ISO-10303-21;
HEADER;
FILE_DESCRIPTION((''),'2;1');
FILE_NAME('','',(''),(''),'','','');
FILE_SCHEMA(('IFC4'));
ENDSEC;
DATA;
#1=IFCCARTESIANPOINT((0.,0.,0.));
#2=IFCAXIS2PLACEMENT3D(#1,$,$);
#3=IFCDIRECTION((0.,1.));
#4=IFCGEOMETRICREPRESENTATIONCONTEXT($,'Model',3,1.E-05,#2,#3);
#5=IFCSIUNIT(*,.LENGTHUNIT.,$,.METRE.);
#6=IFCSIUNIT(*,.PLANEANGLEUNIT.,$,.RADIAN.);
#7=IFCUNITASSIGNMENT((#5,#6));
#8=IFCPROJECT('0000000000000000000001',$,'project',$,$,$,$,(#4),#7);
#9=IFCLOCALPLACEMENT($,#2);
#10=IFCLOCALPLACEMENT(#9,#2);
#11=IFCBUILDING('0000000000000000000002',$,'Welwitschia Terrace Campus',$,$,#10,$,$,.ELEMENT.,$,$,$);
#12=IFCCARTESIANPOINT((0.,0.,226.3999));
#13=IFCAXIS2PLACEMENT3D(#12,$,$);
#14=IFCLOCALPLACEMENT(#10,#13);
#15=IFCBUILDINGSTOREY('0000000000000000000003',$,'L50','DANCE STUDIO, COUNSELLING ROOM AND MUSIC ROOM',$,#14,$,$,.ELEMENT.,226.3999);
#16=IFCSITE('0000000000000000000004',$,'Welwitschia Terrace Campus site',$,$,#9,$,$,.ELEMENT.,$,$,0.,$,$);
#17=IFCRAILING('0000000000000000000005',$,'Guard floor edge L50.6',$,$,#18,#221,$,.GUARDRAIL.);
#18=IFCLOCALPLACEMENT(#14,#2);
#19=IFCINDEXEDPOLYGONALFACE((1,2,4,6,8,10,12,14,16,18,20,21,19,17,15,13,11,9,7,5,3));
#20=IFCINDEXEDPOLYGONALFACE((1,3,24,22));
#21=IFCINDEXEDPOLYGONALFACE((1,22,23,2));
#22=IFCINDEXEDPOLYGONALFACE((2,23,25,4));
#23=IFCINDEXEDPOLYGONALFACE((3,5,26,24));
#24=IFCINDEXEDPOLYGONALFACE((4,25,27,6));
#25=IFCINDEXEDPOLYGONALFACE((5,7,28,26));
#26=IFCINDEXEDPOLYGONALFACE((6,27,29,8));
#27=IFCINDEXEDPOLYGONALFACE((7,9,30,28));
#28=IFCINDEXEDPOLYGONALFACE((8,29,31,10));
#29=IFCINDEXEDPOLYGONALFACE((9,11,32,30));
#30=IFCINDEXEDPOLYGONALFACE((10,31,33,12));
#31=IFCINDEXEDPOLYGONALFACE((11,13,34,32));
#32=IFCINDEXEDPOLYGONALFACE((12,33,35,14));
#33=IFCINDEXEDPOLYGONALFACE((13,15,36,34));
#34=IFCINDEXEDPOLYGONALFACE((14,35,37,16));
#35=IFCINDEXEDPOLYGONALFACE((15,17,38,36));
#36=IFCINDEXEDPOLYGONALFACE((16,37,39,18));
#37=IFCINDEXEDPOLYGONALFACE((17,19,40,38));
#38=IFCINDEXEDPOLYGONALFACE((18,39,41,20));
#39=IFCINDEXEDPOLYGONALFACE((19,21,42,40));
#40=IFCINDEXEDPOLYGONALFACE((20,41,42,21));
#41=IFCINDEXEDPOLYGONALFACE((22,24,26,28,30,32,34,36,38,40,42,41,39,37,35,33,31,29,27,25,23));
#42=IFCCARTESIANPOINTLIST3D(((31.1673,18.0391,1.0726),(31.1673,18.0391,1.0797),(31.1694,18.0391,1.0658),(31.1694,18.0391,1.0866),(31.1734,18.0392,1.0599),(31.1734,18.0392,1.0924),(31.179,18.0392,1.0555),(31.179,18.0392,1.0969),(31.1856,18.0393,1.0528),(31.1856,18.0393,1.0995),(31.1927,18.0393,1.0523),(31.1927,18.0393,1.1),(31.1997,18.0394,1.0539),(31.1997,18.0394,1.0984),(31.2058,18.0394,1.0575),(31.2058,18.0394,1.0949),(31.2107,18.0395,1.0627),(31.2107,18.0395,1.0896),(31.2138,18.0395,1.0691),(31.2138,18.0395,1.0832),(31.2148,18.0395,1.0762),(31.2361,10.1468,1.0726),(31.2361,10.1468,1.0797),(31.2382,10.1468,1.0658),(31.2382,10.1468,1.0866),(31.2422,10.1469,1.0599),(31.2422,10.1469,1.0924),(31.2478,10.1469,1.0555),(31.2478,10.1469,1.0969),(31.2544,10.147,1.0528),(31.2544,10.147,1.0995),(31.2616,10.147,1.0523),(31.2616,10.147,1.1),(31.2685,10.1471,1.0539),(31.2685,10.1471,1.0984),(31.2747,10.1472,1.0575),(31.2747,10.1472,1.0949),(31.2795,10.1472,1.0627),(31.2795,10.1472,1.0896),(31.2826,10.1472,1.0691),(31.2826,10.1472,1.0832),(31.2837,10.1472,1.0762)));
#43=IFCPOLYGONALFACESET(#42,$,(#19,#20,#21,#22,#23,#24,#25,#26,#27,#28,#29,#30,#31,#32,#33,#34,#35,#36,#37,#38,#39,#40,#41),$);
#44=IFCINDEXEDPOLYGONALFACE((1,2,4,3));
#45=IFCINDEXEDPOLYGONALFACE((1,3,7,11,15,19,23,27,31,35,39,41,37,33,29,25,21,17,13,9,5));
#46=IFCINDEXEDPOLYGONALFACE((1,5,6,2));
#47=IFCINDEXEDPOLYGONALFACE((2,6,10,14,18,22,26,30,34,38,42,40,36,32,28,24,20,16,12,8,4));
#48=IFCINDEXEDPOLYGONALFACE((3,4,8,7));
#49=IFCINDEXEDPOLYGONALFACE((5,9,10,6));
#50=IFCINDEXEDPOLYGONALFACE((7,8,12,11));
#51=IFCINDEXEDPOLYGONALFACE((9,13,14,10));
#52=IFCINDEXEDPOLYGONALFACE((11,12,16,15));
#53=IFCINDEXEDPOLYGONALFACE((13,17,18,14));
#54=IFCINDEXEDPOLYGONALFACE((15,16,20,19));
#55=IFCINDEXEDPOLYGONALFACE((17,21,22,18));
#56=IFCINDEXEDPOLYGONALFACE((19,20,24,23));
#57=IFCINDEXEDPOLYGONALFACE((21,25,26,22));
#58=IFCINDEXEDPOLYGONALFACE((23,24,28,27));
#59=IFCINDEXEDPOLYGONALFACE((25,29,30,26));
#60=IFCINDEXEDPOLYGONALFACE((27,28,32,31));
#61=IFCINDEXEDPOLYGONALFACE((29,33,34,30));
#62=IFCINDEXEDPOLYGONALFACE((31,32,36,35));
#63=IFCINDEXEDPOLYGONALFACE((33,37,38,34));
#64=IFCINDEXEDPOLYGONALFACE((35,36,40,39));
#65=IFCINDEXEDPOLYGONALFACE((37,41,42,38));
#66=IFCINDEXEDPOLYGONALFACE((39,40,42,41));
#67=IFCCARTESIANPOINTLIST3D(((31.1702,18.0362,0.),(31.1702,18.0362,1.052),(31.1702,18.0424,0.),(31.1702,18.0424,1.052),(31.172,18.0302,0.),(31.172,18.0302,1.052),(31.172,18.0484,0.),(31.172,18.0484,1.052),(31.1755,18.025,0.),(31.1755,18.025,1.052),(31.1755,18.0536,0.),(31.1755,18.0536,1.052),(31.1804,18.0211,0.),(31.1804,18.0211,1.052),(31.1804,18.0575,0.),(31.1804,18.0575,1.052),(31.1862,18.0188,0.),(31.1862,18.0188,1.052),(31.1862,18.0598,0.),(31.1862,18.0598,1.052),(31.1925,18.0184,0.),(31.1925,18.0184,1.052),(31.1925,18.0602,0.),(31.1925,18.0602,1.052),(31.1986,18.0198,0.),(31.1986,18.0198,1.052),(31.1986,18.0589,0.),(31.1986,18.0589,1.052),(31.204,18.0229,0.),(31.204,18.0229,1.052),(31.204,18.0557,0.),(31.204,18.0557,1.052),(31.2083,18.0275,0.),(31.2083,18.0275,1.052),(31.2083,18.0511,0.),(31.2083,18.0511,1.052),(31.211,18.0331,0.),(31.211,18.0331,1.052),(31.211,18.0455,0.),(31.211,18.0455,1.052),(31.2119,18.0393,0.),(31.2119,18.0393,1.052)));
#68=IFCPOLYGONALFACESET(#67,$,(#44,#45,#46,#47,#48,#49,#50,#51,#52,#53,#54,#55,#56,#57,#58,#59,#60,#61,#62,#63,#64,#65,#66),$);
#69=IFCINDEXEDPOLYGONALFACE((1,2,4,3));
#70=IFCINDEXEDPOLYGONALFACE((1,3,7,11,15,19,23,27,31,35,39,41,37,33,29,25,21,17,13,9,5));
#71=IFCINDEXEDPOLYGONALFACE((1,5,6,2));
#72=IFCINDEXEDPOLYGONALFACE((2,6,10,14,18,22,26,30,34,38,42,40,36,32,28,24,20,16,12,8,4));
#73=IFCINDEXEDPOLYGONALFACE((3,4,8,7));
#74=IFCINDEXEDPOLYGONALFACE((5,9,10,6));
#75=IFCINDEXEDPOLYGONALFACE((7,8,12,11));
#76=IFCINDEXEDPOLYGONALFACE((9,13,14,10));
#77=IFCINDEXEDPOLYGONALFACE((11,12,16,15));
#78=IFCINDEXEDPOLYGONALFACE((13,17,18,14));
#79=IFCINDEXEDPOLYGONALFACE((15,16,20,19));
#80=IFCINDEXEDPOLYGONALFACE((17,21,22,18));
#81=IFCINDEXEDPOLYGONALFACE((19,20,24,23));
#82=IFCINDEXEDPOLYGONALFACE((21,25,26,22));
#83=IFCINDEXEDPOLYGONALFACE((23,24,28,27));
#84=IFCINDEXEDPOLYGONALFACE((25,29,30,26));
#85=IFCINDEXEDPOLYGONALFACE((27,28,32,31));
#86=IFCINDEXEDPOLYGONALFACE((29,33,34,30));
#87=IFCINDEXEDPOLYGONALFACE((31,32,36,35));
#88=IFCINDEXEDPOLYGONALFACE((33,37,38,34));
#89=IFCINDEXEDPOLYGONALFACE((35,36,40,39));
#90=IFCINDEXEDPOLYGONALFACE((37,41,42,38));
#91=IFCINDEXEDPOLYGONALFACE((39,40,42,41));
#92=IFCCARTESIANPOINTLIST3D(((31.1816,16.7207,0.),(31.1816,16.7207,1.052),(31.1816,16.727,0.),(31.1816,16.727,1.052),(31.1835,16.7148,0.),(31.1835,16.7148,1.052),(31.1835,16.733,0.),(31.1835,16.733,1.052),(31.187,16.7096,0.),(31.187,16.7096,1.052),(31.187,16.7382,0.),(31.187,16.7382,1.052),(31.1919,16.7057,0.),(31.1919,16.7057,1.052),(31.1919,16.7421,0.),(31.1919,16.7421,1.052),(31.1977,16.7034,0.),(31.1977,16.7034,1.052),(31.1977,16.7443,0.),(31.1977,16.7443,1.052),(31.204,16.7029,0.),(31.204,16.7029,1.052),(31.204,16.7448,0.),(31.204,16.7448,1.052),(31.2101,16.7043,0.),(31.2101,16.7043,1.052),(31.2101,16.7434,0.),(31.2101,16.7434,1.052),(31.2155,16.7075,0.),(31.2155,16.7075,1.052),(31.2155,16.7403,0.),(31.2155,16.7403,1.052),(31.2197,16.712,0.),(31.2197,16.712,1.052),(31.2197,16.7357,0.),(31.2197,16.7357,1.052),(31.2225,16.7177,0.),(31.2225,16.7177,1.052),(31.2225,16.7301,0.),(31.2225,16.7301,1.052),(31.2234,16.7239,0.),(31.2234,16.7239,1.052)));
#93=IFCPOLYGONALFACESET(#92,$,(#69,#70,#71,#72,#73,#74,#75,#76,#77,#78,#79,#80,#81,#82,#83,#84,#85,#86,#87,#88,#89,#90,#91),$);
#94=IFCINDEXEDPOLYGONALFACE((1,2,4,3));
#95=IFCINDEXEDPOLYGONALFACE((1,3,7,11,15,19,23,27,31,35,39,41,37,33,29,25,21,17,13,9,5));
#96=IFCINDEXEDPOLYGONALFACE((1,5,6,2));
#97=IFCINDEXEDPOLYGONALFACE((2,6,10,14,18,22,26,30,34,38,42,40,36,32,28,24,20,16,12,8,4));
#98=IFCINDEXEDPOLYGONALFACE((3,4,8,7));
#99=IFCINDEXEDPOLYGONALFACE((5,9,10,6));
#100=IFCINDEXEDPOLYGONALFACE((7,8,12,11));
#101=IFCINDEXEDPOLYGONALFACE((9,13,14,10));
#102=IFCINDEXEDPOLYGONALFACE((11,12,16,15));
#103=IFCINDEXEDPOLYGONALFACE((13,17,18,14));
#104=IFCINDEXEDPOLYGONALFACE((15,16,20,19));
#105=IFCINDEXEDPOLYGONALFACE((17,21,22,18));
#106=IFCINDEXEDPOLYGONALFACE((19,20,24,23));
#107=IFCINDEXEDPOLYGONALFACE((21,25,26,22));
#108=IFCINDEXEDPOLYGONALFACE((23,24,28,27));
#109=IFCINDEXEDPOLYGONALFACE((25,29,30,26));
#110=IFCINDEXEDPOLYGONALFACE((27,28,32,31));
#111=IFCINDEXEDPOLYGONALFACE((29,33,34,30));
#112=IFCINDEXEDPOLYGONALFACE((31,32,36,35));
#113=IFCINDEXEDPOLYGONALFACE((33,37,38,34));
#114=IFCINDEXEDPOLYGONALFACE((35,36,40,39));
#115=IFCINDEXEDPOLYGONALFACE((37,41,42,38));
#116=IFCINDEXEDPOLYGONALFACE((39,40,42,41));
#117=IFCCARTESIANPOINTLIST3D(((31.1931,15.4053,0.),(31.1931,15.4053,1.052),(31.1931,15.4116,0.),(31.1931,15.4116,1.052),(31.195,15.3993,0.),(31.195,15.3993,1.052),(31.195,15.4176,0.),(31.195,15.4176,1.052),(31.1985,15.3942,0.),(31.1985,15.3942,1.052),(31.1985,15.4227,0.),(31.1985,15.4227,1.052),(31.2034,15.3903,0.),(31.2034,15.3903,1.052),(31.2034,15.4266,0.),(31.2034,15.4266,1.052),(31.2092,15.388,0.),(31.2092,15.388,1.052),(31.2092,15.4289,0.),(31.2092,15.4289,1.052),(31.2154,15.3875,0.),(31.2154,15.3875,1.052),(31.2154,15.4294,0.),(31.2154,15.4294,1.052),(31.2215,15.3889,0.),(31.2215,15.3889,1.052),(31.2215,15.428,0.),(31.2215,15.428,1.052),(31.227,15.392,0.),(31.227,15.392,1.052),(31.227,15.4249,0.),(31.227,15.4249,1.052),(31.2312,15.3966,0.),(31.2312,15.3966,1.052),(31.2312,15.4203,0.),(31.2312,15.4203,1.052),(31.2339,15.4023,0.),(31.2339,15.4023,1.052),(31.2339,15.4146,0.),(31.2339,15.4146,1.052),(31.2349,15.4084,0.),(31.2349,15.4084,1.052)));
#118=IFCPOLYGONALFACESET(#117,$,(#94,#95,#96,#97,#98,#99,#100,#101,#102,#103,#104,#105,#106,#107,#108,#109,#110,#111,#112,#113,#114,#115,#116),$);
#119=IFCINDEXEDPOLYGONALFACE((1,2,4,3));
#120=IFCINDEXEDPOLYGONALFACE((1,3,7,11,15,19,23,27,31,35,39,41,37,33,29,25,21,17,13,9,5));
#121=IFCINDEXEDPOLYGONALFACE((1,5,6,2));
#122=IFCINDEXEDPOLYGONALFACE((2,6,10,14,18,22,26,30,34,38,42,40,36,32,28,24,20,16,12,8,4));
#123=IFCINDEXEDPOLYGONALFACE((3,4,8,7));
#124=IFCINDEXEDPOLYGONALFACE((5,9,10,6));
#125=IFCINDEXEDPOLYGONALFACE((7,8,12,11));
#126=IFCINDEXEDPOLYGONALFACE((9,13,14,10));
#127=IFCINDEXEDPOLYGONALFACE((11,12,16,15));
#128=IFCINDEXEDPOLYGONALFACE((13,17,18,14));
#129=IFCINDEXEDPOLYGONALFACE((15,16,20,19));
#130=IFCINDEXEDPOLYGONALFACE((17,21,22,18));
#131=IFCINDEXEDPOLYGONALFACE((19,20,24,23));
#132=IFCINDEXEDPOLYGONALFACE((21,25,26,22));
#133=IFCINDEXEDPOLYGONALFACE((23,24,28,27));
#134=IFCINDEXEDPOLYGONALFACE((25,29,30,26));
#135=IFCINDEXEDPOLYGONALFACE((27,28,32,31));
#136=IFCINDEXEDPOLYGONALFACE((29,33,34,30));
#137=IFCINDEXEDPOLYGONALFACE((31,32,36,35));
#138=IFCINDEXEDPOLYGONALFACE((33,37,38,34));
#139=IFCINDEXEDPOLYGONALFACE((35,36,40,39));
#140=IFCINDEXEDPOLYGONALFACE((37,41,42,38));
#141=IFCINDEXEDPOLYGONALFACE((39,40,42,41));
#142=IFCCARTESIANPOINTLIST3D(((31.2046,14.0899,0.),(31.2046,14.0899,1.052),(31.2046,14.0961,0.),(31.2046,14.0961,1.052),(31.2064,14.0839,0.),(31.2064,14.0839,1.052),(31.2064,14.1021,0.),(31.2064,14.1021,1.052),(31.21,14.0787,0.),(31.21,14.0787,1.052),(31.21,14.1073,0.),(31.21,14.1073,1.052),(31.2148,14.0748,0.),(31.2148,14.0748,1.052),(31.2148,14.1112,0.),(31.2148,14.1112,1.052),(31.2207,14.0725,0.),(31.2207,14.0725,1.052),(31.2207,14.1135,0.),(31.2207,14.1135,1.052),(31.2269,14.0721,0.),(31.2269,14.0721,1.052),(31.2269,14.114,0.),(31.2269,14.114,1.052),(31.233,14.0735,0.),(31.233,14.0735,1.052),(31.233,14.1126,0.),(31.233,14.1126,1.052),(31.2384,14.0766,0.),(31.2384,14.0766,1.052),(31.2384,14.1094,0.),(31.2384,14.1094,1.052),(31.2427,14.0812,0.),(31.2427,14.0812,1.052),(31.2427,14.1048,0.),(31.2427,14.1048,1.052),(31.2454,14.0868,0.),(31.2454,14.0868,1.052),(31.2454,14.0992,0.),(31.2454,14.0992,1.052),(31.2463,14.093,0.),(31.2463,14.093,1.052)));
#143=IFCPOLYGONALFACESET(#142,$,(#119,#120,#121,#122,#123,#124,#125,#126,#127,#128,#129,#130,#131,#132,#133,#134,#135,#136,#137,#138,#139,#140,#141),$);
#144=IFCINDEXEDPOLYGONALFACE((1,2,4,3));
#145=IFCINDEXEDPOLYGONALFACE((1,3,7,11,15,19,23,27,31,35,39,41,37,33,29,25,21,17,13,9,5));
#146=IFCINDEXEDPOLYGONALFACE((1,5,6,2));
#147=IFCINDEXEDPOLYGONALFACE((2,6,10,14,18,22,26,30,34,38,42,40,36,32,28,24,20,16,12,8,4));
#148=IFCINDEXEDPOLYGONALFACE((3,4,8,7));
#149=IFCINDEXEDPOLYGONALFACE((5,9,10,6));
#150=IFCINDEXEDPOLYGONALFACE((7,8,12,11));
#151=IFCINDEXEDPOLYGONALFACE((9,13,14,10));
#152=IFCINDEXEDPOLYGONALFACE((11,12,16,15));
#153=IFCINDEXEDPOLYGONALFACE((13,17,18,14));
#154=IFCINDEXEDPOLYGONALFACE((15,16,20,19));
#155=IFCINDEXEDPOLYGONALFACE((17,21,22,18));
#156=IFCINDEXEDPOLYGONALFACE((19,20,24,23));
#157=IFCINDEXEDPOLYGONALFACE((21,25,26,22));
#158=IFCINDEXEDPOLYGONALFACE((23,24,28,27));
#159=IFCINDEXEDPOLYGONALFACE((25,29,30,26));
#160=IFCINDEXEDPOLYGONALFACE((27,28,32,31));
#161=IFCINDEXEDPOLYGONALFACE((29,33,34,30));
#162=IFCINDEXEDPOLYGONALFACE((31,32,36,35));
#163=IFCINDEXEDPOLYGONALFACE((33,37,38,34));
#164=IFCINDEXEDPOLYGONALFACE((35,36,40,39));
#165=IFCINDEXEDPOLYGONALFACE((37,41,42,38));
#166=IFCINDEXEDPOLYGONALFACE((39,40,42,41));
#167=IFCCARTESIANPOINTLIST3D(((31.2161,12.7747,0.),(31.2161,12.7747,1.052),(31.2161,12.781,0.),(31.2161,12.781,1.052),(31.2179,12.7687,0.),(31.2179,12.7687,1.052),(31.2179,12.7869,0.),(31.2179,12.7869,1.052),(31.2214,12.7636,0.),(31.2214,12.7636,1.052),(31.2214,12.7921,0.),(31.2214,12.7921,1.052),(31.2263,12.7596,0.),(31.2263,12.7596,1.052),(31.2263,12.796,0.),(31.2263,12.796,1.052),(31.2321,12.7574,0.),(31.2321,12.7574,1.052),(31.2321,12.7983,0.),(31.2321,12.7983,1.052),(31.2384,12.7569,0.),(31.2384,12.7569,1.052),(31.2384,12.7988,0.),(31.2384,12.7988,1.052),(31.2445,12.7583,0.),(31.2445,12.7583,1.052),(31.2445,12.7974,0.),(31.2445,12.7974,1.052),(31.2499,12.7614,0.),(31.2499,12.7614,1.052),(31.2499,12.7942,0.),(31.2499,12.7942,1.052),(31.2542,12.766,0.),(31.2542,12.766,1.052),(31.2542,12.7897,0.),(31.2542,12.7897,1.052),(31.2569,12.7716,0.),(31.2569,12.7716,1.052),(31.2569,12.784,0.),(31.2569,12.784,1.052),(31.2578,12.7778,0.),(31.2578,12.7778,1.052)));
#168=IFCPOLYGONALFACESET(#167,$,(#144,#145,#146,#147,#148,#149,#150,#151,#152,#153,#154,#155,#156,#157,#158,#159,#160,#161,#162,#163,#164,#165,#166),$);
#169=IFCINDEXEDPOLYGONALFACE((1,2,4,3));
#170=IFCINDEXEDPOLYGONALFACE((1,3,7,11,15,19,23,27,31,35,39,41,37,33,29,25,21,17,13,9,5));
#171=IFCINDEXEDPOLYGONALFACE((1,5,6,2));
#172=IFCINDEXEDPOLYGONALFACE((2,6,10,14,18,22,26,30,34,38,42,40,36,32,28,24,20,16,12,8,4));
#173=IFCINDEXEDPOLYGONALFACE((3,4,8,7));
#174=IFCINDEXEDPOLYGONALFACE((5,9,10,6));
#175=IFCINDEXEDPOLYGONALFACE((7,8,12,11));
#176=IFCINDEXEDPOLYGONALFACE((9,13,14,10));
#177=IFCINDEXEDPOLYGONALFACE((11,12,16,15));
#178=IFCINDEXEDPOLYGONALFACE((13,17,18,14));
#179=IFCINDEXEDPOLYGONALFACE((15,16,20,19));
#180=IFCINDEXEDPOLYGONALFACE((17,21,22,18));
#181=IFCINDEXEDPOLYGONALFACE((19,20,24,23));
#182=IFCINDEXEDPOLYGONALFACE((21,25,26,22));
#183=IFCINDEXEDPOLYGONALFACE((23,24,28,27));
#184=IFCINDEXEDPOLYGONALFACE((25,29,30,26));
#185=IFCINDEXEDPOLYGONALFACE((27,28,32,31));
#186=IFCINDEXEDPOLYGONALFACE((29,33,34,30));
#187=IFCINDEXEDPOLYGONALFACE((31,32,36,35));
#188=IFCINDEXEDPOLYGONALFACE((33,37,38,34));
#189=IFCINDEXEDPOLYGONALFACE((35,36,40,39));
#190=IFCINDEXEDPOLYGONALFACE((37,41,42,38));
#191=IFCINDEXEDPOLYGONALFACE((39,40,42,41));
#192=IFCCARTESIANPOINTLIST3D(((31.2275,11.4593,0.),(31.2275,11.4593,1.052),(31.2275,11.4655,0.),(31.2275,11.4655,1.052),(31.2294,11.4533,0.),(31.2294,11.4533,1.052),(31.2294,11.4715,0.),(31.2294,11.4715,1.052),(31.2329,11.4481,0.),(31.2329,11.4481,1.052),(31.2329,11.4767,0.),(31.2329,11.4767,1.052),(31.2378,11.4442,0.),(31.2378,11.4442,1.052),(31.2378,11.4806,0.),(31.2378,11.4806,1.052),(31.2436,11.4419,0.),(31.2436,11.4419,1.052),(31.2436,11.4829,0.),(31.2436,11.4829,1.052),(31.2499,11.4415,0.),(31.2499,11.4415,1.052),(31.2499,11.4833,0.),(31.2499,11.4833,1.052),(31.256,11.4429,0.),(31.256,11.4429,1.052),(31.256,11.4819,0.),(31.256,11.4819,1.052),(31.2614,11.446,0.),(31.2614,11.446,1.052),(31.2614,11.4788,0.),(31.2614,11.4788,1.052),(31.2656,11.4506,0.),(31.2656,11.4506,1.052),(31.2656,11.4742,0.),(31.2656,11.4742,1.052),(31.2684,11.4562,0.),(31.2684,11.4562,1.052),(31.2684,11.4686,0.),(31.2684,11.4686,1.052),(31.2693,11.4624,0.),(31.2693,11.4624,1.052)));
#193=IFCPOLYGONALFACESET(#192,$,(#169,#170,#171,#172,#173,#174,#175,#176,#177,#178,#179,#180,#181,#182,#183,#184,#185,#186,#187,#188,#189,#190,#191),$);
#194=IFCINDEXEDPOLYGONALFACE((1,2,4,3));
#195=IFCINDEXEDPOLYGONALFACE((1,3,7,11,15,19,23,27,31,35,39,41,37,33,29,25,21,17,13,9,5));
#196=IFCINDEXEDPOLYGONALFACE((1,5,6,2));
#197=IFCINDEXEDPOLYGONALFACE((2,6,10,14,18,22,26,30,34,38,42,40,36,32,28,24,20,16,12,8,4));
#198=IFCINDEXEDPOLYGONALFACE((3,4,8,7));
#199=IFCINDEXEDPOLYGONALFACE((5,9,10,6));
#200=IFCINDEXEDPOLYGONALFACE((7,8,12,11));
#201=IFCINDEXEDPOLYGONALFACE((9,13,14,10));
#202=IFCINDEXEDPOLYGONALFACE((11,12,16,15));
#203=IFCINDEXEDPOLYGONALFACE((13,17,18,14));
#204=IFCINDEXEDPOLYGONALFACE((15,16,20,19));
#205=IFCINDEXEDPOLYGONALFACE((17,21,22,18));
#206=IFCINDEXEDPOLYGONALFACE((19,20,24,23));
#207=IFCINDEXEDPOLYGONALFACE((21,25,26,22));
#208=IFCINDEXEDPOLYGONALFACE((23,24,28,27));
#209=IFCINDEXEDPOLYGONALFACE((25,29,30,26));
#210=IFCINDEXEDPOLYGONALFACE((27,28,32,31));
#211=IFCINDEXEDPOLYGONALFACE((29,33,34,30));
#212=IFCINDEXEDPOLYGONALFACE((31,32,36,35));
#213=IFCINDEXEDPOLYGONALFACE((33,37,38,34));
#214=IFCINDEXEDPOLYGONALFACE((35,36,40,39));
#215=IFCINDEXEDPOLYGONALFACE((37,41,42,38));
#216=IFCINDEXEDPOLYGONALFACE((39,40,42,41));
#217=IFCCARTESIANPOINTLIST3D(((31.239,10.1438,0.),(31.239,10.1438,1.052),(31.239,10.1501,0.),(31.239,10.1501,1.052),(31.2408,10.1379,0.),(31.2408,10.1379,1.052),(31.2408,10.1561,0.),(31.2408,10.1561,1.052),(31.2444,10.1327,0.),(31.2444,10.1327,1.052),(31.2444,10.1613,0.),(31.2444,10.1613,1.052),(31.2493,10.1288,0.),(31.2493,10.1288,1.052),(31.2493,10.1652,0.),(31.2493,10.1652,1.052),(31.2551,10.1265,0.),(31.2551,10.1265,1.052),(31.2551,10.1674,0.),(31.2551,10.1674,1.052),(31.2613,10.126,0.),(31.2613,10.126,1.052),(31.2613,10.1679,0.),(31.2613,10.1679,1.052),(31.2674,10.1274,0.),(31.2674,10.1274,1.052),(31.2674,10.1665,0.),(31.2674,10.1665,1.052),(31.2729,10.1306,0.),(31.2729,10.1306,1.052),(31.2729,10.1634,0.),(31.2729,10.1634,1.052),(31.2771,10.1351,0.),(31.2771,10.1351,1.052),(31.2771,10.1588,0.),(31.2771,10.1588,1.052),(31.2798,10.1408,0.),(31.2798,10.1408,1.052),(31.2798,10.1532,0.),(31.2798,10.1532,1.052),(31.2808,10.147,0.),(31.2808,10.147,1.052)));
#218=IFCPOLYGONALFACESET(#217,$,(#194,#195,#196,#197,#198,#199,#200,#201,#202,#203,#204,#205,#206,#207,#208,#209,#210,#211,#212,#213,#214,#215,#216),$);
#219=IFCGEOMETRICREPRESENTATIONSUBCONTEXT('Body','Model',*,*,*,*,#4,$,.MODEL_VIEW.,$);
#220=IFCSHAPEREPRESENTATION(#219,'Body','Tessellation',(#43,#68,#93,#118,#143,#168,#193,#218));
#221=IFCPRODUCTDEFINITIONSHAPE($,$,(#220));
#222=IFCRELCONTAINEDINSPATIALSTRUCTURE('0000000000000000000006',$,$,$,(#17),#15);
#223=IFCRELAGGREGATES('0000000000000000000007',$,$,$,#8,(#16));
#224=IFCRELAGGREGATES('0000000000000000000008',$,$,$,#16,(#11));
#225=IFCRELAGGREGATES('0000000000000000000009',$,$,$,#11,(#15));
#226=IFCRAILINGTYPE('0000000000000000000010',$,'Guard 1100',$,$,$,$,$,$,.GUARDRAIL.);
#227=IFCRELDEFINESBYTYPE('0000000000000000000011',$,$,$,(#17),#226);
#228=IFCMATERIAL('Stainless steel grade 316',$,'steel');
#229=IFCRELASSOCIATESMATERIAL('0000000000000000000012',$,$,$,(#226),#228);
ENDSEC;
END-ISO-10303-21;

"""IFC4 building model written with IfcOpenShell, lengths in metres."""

from ifc_helpers import new_model, si_unit, direction, frame, origin, origin_2d, place, context, subcontext, project, spatial, circle, extrude, material, type_object, element, save


model = new_model("IFC4")

# Units and contexts
model_context = context("Model", 3, precision=1e-05, world=origin(), true_north=direction((0.0, 1.0)))
body_context = subcontext(model_context, "Body", "Model", "MODEL_VIEW")
ifc_project = project(units=[si_unit("LENGTHUNIT", "METRE"), si_unit("PLANEANGLEUNIT", "RADIAN")], contexts=[model_context])

# Site, building, storey
site_placement = place(None, origin())
site = spatial("IfcSite", under=ifc_project, at=site_placement, Name="Welwitschia Terrace Campus site", CompositionType="ELEMENT", RefElevation=0.0)
building_placement = place(site_placement, origin())
building = spatial("IfcBuilding", under=site, at=building_placement, Name="Welwitschia Terrace Campus", CompositionType="ELEMENT")
storey_placement = place(building_placement, frame((0.0, 0.0, 226.3999)))
storey = spatial("IfcBuildingStorey", under=building, at=storey_placement, Name="L50", Description="DANCE STUDIO, COUNSELLING ROOM AND MUSIC ROOM", CompositionType="ELEMENT", Elevation=226.3999)

# Railing
ifc_material_1 = material(Name="Stainless steel grade 316", Category="steel")
railing_type = type_object("IfcRailingType", Name="Guard 1100", PredefinedType="GUARDRAIL", material=ifc_material_1)
railing_1_placement = place(storey_placement, frame((31.1909, 18.0393, 0.0)))
element("IfcRailing", 1, at=railing_1_placement, inside=storey, type_object=railing_type, Name="Guard floor edge L50.6", PredefinedType="GUARDRAIL", context=body_context, shape_type="SweptSolid", body=[
    extrude(circle(Radius=0.0239, at=origin_2d()), frame((0.0, 0.0, 1.0762), z_axis=(0.008723, -0.999962, 0.0), x_axis=(0.999962, 0.008723, 0.0)), (0.0, 0.0, 1.0), 7.8926),
    extrude(circle(Radius=0.021, at=origin_2d()), origin(), (0.0, 0.0, 1.0), 1.052),
    extrude(circle(Radius=0.021, at=origin_2d()), frame((0.0115, -1.3154, 0.0)), (0.0, 0.0, 1.0), 1.052),
    extrude(circle(Radius=0.021, at=origin_2d()), frame((0.0229, -2.6309, 0.0)), (0.0, 0.0, 1.0), 1.052),
    extrude(circle(Radius=0.021, at=origin_2d()), frame((0.0344, -3.9463, 0.0)), (0.0, 0.0, 1.0), 1.052),
    extrude(circle(Radius=0.021, at=origin_2d()), frame((0.0459, -5.2615, 0.0)), (0.0, 0.0, 1.0), 1.052),
    extrude(circle(Radius=0.021, at=origin_2d()), frame((0.0574, -6.5769, 0.0)), (0.0, 0.0, 1.0), 1.052),
    extrude(circle(Radius=0.021, at=origin_2d()), frame((0.0688, -7.8923, 0.0)), (0.0, 0.0, 1.0), 1.052),
])

save(model, "model.ifc")
